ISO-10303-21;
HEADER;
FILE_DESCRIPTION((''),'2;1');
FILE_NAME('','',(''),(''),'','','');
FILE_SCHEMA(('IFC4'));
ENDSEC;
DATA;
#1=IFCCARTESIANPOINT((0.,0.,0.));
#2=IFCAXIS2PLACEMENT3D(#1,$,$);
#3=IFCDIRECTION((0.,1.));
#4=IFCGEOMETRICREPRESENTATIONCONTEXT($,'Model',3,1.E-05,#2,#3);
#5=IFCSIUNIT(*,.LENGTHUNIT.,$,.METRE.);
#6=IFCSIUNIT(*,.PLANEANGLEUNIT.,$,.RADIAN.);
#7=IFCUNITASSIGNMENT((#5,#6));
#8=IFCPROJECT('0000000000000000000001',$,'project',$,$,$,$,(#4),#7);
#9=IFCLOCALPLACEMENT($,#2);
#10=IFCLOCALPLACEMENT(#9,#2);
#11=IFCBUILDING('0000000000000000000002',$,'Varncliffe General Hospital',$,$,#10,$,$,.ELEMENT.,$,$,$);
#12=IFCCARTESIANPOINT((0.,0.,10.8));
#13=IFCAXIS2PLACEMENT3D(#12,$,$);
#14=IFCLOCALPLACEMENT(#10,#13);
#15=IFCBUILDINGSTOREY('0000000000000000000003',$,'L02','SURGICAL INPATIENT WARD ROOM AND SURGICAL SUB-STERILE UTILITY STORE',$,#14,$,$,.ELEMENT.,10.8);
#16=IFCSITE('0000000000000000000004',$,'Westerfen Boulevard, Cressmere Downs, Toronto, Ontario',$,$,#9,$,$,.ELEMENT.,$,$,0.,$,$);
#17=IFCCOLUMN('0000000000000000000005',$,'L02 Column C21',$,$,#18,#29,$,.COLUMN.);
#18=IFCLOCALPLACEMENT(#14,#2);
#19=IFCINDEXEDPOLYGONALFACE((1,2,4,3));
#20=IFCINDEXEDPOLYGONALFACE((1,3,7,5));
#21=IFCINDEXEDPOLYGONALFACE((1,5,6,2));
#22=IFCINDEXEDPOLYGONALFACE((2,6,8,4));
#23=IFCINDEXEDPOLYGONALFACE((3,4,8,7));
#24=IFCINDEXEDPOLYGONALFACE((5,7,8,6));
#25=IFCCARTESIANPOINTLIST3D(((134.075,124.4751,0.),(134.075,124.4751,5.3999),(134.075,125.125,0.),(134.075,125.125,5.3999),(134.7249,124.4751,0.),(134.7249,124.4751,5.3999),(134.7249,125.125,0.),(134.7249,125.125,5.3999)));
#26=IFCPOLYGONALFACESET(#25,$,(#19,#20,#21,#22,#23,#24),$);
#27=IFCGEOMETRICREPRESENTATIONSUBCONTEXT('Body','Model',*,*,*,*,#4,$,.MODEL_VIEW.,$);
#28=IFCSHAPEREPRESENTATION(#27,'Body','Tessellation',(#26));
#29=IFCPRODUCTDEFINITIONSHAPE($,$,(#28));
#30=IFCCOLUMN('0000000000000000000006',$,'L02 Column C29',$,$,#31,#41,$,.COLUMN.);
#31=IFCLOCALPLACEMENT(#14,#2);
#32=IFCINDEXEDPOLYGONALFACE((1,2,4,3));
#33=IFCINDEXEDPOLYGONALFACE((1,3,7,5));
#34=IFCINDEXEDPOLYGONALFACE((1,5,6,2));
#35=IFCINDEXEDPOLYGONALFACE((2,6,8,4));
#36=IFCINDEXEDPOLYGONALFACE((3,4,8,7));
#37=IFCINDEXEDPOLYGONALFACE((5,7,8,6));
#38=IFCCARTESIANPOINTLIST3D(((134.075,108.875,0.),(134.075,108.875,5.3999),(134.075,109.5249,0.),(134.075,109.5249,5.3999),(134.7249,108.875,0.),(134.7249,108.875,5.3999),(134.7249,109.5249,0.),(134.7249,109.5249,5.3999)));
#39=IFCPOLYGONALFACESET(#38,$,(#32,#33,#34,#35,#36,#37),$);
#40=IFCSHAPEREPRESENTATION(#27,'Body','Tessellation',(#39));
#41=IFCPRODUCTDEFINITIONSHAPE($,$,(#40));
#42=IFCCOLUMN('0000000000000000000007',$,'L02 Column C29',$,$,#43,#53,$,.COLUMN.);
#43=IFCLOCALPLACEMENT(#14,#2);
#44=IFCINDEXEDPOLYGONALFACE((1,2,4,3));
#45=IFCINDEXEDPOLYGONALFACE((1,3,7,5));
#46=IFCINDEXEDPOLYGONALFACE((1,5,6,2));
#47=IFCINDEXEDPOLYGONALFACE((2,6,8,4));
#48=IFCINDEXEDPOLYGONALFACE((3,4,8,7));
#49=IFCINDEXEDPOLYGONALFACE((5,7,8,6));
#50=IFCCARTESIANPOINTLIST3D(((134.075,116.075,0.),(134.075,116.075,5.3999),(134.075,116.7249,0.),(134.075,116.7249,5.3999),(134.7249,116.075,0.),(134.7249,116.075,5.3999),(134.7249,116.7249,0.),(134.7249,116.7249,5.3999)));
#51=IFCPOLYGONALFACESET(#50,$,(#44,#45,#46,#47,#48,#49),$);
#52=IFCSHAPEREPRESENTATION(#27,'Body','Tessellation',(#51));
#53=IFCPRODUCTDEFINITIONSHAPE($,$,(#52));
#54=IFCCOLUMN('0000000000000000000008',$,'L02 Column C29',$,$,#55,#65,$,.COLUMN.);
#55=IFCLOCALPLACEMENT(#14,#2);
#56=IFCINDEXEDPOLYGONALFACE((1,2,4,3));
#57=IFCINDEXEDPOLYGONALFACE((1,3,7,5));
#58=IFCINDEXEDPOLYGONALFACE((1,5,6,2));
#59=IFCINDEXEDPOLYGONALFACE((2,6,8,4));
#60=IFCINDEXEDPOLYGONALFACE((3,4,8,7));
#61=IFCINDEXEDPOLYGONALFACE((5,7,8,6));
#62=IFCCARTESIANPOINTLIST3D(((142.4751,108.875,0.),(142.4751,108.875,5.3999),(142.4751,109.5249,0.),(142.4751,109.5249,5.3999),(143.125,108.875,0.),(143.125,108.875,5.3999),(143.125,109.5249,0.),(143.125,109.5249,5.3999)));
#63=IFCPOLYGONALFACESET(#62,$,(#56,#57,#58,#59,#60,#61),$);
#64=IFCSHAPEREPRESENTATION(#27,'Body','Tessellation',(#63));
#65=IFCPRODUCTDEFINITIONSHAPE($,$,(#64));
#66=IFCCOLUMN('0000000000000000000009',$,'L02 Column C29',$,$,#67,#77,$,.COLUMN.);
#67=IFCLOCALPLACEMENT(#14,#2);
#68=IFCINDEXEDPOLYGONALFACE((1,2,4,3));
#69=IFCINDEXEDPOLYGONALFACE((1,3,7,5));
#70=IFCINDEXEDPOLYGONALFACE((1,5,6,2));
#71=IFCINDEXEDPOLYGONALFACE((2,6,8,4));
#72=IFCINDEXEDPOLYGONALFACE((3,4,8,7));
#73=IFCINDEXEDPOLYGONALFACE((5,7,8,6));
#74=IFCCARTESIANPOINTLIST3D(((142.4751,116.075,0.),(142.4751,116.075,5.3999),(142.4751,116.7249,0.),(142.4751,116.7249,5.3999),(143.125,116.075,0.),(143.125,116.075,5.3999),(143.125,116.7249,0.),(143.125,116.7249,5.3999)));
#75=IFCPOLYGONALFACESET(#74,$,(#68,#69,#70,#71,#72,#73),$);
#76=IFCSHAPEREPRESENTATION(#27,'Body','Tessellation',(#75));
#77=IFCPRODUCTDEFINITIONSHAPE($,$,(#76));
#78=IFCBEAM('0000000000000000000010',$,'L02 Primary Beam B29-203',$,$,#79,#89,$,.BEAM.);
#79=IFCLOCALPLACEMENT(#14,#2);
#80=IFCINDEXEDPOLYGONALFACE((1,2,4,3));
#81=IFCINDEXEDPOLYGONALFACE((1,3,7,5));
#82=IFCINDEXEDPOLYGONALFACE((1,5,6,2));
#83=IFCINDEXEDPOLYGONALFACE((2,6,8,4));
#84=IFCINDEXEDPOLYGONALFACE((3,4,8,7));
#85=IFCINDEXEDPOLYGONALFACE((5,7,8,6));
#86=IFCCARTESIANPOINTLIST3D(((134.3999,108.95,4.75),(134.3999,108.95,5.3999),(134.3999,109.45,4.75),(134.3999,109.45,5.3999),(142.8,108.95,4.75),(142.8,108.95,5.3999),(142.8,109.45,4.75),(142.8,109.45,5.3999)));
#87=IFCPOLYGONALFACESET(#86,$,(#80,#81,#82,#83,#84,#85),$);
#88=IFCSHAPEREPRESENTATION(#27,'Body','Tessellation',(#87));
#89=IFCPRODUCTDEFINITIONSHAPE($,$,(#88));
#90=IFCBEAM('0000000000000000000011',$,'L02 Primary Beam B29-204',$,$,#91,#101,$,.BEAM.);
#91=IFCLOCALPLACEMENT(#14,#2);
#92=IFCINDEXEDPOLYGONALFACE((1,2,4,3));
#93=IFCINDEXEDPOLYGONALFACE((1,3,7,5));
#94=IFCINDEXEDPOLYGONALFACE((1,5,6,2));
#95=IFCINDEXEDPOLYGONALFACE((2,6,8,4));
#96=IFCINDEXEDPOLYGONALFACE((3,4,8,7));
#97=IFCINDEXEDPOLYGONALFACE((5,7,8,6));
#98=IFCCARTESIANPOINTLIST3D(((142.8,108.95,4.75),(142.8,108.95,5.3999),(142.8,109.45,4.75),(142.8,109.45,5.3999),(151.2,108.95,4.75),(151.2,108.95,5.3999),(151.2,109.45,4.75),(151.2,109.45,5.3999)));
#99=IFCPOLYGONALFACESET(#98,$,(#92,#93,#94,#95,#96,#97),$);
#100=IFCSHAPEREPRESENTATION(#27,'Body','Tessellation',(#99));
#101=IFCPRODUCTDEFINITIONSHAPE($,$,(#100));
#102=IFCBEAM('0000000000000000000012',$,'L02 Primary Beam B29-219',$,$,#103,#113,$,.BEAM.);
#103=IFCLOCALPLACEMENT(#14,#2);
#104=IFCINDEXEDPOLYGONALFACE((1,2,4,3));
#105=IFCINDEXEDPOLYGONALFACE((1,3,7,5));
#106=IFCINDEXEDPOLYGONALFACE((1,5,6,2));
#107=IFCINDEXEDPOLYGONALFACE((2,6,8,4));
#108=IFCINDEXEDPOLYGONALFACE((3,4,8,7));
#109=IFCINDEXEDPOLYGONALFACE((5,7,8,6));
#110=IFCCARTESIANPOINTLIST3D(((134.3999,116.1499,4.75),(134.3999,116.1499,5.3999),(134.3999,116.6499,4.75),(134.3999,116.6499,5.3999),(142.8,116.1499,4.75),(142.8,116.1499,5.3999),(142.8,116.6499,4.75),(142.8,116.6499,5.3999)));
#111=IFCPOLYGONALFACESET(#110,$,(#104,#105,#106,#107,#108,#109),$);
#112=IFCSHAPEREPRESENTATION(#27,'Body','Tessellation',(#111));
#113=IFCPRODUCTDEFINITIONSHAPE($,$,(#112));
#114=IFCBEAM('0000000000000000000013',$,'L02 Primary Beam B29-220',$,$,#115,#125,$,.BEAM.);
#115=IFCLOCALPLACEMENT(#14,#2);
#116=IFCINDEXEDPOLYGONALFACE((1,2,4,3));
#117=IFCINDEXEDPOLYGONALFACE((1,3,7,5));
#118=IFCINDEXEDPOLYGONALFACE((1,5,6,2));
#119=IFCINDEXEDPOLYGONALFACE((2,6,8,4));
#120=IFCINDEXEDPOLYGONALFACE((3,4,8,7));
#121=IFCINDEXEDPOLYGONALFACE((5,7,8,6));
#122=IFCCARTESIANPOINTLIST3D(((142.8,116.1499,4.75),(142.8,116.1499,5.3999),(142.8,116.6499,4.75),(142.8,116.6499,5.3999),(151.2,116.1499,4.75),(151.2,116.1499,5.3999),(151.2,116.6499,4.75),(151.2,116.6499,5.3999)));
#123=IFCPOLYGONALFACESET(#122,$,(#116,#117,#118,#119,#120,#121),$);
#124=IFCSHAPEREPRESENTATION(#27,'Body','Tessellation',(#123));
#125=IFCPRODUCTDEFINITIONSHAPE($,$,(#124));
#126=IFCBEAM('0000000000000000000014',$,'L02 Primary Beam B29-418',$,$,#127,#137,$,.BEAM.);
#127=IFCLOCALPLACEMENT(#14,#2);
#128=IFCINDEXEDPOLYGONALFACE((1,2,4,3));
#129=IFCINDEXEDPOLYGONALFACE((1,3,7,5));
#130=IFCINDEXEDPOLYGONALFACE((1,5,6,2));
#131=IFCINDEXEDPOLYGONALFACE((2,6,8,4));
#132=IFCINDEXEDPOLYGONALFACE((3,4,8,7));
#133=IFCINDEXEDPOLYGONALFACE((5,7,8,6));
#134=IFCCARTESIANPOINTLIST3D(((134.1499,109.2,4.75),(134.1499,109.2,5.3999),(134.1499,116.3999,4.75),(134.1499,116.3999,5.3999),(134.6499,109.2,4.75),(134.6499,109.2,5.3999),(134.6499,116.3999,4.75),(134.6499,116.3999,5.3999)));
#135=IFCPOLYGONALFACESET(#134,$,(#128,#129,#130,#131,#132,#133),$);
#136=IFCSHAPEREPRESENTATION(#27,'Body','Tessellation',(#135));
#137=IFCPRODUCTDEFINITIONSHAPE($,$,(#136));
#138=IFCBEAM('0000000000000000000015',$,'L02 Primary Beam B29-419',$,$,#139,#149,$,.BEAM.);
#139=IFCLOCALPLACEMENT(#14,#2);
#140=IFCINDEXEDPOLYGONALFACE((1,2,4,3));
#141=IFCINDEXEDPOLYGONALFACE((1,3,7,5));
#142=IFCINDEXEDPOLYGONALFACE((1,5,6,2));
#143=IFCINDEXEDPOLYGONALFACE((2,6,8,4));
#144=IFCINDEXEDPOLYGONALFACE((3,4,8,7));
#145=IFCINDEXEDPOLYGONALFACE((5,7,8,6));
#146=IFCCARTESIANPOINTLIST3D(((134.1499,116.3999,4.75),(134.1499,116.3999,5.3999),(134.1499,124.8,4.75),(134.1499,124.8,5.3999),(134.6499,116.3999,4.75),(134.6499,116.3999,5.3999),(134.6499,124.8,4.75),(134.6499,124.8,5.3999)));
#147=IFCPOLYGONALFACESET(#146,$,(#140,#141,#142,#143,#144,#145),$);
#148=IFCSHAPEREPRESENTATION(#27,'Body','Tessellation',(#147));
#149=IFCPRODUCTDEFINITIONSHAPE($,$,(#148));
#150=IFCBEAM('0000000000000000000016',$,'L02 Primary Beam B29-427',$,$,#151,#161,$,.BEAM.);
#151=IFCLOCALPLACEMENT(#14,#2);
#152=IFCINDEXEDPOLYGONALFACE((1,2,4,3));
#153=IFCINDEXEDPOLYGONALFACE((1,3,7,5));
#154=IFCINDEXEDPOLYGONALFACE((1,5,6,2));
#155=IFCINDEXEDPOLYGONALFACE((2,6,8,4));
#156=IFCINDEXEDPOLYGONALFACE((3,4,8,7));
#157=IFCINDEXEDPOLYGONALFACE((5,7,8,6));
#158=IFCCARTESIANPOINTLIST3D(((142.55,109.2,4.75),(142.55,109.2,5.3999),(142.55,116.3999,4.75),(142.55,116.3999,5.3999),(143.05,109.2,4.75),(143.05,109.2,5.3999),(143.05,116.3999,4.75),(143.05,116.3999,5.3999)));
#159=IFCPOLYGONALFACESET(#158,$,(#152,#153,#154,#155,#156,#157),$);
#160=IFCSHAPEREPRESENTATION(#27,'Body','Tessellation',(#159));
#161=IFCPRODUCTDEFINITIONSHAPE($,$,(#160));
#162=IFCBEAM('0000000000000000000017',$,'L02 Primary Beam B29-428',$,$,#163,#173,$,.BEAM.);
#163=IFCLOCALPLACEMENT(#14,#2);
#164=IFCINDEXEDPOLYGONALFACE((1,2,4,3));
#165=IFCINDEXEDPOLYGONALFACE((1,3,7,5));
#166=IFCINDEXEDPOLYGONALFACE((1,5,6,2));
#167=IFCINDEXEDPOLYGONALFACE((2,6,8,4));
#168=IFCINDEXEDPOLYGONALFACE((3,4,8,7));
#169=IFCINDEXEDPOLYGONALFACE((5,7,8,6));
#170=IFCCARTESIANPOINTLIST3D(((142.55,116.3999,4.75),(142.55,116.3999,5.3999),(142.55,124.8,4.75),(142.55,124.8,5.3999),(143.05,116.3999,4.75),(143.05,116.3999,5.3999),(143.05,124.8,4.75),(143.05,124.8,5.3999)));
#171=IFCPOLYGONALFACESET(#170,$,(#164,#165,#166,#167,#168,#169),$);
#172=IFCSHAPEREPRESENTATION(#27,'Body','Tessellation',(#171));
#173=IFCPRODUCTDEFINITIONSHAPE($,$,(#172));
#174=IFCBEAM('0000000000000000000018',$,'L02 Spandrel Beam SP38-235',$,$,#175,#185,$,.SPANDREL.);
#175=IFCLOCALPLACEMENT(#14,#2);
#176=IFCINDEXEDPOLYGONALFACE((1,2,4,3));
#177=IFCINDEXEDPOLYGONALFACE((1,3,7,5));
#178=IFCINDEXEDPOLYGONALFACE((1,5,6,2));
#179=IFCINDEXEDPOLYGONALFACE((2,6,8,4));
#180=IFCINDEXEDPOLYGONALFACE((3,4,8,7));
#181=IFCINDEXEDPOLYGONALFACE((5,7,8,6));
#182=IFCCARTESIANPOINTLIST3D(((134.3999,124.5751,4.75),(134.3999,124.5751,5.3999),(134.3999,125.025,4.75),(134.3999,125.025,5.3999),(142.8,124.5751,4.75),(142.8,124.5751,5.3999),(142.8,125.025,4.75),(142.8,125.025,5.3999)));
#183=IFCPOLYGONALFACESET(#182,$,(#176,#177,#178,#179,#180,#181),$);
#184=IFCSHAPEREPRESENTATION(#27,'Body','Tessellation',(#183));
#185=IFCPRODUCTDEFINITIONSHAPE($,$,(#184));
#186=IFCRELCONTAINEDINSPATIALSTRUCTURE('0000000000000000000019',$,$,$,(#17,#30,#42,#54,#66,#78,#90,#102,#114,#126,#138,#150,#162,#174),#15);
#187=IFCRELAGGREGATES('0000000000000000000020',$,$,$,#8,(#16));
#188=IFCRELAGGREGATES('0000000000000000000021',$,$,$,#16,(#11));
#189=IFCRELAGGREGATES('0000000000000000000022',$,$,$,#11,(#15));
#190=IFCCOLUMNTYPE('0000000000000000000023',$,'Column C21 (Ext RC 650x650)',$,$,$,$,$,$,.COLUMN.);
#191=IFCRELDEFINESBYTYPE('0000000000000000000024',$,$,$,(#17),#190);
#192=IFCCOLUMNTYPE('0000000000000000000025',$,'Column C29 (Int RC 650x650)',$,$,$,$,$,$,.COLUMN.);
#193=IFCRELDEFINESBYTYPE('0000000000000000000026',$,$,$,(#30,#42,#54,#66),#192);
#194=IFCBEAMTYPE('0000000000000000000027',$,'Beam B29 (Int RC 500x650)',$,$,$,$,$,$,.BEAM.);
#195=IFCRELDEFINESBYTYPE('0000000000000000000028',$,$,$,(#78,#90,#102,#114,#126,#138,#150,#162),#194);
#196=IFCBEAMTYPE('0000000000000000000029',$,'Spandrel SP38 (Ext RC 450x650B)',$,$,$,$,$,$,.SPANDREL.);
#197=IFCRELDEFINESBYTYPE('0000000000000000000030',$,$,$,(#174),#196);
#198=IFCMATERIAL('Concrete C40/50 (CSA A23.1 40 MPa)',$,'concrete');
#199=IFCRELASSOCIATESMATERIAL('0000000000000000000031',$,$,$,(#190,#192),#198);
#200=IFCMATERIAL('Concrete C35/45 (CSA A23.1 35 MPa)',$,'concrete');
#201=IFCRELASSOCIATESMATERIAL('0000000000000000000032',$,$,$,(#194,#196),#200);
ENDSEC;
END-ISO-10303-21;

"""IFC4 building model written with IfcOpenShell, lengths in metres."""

from ifc_helpers import new_model, si_unit, direction, frame, origin, origin_2d, place, context, subcontext, project, spatial, rectangle, extrude, material, material_profile, profile_set, type_object, element, save


model = new_model("IFC4")

# Units and contexts
model_context = context("Model", 3, precision=1e-05, world=origin(), true_north=direction((0.0, 1.0)))
body_context = subcontext(model_context, "Body", "Model", "MODEL_VIEW")
ifc_project = project(units=[si_unit("LENGTHUNIT", "METRE"), si_unit("PLANEANGLEUNIT", "RADIAN")], contexts=[model_context])

# Site, building, storey
site_placement = place(None, origin())
site = spatial("IfcSite", under=ifc_project, at=site_placement, Name="Westerfen Boulevard, Cressmere Downs, Toronto, Ontario", CompositionType="ELEMENT", RefElevation=0.0)
building_placement = place(site_placement, origin())
building = spatial("IfcBuilding", under=site, at=building_placement, Name="Varncliffe General Hospital", CompositionType="ELEMENT")
storey_placement = place(building_placement, frame((0.0, 0.0, 10.8)))
storey = spatial("IfcBuildingStorey", under=building, at=storey_placement, Name="L02", Description="SURGICAL INPATIENT WARD ROOM AND SURGICAL SUB-STERILE UTILITY STORE", CompositionType="ELEMENT", Elevation=10.8)

# Columns
ifc_material_1 = material(Name="Concrete C40/50 (CSA A23.1 40 MPa)", Category="concrete")
ifc_material_profile_1 = material_profile(ifc_material_1, rectangle(XDim=0.6499, YDim=0.6499, at=origin_2d()), Name="RC 650x650")
ifc_profile_set_1 = profile_set([ifc_material_profile_1], Name="Concrete C40/50 (CSA A23.1 40 MPa)")
column_type_1 = type_object("IfcColumnType", Name="Column C21 (Ext RC 650x650)", PredefinedType="COLUMN", material=ifc_profile_set_1)
column_placement = place(storey_placement, frame((134.3999, 124.8, 0.0), z_axis=(0.0, 0.0, 1.0), x_axis=(1.0, 0.0, 0.0)))
element("IfcColumn", 1, at=column_placement, inside=storey, type_object=column_type_1, Name="L02 Column C21", PredefinedType="COLUMN", context=body_context, shape_type="SweptSolid", body=[
    extrude(rectangle(XDim=0.6499, YDim=0.6499, at=origin_2d()), origin(), (0.0, 0.0, 1.0), 5.3999),
])
ifc_material_profile_2 = material_profile(ifc_material_1, rectangle(XDim=0.6499, YDim=0.6499, at=origin_2d()), Name="RC 650x650")
ifc_profile_set_2 = profile_set([ifc_material_profile_2], Name="Concrete C40/50 (CSA A23.1 40 MPa)")
column_type_2 = type_object("IfcColumnType", Name="Column C29 (Int RC 650x650)", PredefinedType="COLUMN", material=ifc_profile_set_2)
for number, where, z_axis, x_axis, name in (
    (2, (134.3999, 109.2, 0.0), (0.0, 0.0, 1.0), (1.0, 0.0, 0.0), "L02 Column C29"),
    (3, (134.3999, 116.3999, 0.0), (0.0, 0.0, 1.0), (1.0, 0.0, 0.0), "L02 Column C29"),
    (4, (142.8, 109.2, 0.0), (0.0, 0.0, 1.0), (1.0, 0.0, 0.0), "L02 Column C29"),
    (5, (142.8, 116.3999, 0.0), (0.0, 0.0, 1.0), (1.0, 0.0, 0.0), "L02 Column C29"),
):
    element("IfcColumn", number, at=place(storey_placement, frame(where, z_axis=z_axis, x_axis=x_axis)), inside=storey, type_object=column_type_2, Name=name, PredefinedType="COLUMN", context=body_context, shape_type="SweptSolid", body=[
        extrude(rectangle(XDim=0.6499, YDim=0.6499, at=origin_2d()), origin(), (0.0, 0.0, 1.0), 5.3999),
    ])

# Beams
ifc_material_2 = material(Name="Concrete C35/45 (CSA A23.1 35 MPa)", Category="concrete")
ifc_material_profile_3 = material_profile(ifc_material_2, rectangle(XDim=0.5, YDim=0.6499, at=origin_2d()), Name="RC 500x650")
ifc_profile_set_3 = profile_set([ifc_material_profile_3], Name="Concrete C35/45 (CSA A23.1 35 MPa)")
beam_type_1 = type_object("IfcBeamType", Name="Beam B29 (Int RC 500x650)", PredefinedType="BEAM", material=ifc_profile_set_3)
beam_1_placement = place(storey_placement, frame((134.3999, 109.2, 5.075), z_axis=(1.0, 0.0, 0.0), x_axis=(0.0, 1.0, 0.0)))
element("IfcBeam", 6, at=beam_1_placement, inside=storey, type_object=beam_type_1, Name="L02 Primary Beam B29-203", PredefinedType="BEAM", context=body_context, shape_type="SweptSolid", body=[
    extrude(rectangle(XDim=0.5, YDim=0.6499, at=origin_2d()), origin(), (0.0, 0.0, 1.0), 8.4001),
])
beam_2_placement = place(storey_placement, frame((142.8, 109.2, 5.075), z_axis=(1.0, 0.0, 0.0), x_axis=(0.0, 1.0, 0.0)))
element("IfcBeam", 7, at=beam_2_placement, inside=storey, type_object=beam_type_1, Name="L02 Primary Beam B29-204", PredefinedType="BEAM", context=body_context, shape_type="SweptSolid", body=[
    extrude(rectangle(XDim=0.5, YDim=0.6499, at=origin_2d()), origin(), (0.0, 0.0, 1.0), 8.3999),
])
beam_3_placement = place(storey_placement, frame((134.3999, 116.3999, 5.075), z_axis=(1.0, 0.0, 0.0), x_axis=(0.0, 1.0, 0.0)))
element("IfcBeam", 8, at=beam_3_placement, inside=storey, type_object=beam_type_1, Name="L02 Primary Beam B29-219", PredefinedType="BEAM", context=body_context, shape_type="SweptSolid", body=[
    extrude(rectangle(XDim=0.5, YDim=0.6499, at=origin_2d()), origin(), (0.0, 0.0, 1.0), 8.4001),
])
beam_4_placement = place(storey_placement, frame((142.8, 116.3999, 5.075), z_axis=(1.0, 0.0, 0.0), x_axis=(0.0, 1.0, 0.0)))
element("IfcBeam", 9, at=beam_4_placement, inside=storey, type_object=beam_type_1, Name="L02 Primary Beam B29-220", PredefinedType="BEAM", context=body_context, shape_type="SweptSolid", body=[
    extrude(rectangle(XDim=0.5, YDim=0.6499, at=origin_2d()), origin(), (0.0, 0.0, 1.0), 8.3999),
])
beam_5_placement = place(storey_placement, frame((134.3999, 109.2, 5.075), z_axis=(0.0, 1.0, 0.0), x_axis=(-1.0, 0.0, 0.0)))
element("IfcBeam", 10, at=beam_5_placement, inside=storey, type_object=beam_type_1, Name="L02 Primary Beam B29-418", PredefinedType="BEAM", context=body_context, shape_type="SweptSolid", body=[
    extrude(rectangle(XDim=0.5, YDim=0.6499, at=origin_2d()), origin(), (0.0, 0.0, 1.0), 7.2),
])
beam_6_placement = place(storey_placement, frame((134.3999, 116.3999, 5.075), z_axis=(0.0, 1.0, 0.0), x_axis=(-1.0, 0.0, 0.0)))
element("IfcBeam", 11, at=beam_6_placement, inside=storey, type_object=beam_type_1, Name="L02 Primary Beam B29-419", PredefinedType="BEAM", context=body_context, shape_type="SweptSolid", body=[
    extrude(rectangle(XDim=0.5, YDim=0.6499, at=origin_2d()), origin(), (0.0, 0.0, 1.0), 8.4001),
])
beam_7_placement = place(storey_placement, frame((142.8, 109.2, 5.075), z_axis=(0.0, 1.0, 0.0), x_axis=(-1.0, 0.0, 0.0)))
element("IfcBeam", 12, at=beam_7_placement, inside=storey, type_object=beam_type_1, Name="L02 Primary Beam B29-427", PredefinedType="BEAM", context=body_context, shape_type="SweptSolid", body=[
    extrude(rectangle(XDim=0.5, YDim=0.6499, at=origin_2d()), origin(), (0.0, 0.0, 1.0), 7.2),
])
beam_8_placement = place(storey_placement, frame((142.8, 116.3999, 5.075), z_axis=(0.0, 1.0, 0.0), x_axis=(-1.0, 0.0, 0.0)))
element("IfcBeam", 13, at=beam_8_placement, inside=storey, type_object=beam_type_1, Name="L02 Primary Beam B29-428", PredefinedType="BEAM", context=body_context, shape_type="SweptSolid", body=[
    extrude(rectangle(XDim=0.5, YDim=0.6499, at=origin_2d()), origin(), (0.0, 0.0, 1.0), 8.4001),
])
ifc_material_profile_4 = material_profile(ifc_material_2, rectangle(XDim=0.45, YDim=0.6499, at=origin_2d()), Name="RC 450x650")
ifc_profile_set_4 = profile_set([ifc_material_profile_4], Name="Concrete C35/45 (CSA A23.1 35 MPa)")
beam_type_2 = type_object("IfcBeamType", Name="Spandrel SP38 (Ext RC 450x650B)", PredefinedType="SPANDREL", material=ifc_profile_set_4)
beam_9_placement = place(storey_placement, frame((134.3999, 124.8, 5.075), z_axis=(1.0, 0.0, 0.0), x_axis=(0.0, 1.0, 0.0)))
element("IfcBeam", 14, at=beam_9_placement, inside=storey, type_object=beam_type_2, Name="L02 Spandrel Beam SP38-235", PredefinedType="SPANDREL", context=body_context, shape_type="SweptSolid", body=[
    extrude(rectangle(XDim=0.45, YDim=0.6499, at=origin_2d()), origin(), (0.0, 0.0, 1.0), 8.4001),
])

save(model, "model.ifc")
